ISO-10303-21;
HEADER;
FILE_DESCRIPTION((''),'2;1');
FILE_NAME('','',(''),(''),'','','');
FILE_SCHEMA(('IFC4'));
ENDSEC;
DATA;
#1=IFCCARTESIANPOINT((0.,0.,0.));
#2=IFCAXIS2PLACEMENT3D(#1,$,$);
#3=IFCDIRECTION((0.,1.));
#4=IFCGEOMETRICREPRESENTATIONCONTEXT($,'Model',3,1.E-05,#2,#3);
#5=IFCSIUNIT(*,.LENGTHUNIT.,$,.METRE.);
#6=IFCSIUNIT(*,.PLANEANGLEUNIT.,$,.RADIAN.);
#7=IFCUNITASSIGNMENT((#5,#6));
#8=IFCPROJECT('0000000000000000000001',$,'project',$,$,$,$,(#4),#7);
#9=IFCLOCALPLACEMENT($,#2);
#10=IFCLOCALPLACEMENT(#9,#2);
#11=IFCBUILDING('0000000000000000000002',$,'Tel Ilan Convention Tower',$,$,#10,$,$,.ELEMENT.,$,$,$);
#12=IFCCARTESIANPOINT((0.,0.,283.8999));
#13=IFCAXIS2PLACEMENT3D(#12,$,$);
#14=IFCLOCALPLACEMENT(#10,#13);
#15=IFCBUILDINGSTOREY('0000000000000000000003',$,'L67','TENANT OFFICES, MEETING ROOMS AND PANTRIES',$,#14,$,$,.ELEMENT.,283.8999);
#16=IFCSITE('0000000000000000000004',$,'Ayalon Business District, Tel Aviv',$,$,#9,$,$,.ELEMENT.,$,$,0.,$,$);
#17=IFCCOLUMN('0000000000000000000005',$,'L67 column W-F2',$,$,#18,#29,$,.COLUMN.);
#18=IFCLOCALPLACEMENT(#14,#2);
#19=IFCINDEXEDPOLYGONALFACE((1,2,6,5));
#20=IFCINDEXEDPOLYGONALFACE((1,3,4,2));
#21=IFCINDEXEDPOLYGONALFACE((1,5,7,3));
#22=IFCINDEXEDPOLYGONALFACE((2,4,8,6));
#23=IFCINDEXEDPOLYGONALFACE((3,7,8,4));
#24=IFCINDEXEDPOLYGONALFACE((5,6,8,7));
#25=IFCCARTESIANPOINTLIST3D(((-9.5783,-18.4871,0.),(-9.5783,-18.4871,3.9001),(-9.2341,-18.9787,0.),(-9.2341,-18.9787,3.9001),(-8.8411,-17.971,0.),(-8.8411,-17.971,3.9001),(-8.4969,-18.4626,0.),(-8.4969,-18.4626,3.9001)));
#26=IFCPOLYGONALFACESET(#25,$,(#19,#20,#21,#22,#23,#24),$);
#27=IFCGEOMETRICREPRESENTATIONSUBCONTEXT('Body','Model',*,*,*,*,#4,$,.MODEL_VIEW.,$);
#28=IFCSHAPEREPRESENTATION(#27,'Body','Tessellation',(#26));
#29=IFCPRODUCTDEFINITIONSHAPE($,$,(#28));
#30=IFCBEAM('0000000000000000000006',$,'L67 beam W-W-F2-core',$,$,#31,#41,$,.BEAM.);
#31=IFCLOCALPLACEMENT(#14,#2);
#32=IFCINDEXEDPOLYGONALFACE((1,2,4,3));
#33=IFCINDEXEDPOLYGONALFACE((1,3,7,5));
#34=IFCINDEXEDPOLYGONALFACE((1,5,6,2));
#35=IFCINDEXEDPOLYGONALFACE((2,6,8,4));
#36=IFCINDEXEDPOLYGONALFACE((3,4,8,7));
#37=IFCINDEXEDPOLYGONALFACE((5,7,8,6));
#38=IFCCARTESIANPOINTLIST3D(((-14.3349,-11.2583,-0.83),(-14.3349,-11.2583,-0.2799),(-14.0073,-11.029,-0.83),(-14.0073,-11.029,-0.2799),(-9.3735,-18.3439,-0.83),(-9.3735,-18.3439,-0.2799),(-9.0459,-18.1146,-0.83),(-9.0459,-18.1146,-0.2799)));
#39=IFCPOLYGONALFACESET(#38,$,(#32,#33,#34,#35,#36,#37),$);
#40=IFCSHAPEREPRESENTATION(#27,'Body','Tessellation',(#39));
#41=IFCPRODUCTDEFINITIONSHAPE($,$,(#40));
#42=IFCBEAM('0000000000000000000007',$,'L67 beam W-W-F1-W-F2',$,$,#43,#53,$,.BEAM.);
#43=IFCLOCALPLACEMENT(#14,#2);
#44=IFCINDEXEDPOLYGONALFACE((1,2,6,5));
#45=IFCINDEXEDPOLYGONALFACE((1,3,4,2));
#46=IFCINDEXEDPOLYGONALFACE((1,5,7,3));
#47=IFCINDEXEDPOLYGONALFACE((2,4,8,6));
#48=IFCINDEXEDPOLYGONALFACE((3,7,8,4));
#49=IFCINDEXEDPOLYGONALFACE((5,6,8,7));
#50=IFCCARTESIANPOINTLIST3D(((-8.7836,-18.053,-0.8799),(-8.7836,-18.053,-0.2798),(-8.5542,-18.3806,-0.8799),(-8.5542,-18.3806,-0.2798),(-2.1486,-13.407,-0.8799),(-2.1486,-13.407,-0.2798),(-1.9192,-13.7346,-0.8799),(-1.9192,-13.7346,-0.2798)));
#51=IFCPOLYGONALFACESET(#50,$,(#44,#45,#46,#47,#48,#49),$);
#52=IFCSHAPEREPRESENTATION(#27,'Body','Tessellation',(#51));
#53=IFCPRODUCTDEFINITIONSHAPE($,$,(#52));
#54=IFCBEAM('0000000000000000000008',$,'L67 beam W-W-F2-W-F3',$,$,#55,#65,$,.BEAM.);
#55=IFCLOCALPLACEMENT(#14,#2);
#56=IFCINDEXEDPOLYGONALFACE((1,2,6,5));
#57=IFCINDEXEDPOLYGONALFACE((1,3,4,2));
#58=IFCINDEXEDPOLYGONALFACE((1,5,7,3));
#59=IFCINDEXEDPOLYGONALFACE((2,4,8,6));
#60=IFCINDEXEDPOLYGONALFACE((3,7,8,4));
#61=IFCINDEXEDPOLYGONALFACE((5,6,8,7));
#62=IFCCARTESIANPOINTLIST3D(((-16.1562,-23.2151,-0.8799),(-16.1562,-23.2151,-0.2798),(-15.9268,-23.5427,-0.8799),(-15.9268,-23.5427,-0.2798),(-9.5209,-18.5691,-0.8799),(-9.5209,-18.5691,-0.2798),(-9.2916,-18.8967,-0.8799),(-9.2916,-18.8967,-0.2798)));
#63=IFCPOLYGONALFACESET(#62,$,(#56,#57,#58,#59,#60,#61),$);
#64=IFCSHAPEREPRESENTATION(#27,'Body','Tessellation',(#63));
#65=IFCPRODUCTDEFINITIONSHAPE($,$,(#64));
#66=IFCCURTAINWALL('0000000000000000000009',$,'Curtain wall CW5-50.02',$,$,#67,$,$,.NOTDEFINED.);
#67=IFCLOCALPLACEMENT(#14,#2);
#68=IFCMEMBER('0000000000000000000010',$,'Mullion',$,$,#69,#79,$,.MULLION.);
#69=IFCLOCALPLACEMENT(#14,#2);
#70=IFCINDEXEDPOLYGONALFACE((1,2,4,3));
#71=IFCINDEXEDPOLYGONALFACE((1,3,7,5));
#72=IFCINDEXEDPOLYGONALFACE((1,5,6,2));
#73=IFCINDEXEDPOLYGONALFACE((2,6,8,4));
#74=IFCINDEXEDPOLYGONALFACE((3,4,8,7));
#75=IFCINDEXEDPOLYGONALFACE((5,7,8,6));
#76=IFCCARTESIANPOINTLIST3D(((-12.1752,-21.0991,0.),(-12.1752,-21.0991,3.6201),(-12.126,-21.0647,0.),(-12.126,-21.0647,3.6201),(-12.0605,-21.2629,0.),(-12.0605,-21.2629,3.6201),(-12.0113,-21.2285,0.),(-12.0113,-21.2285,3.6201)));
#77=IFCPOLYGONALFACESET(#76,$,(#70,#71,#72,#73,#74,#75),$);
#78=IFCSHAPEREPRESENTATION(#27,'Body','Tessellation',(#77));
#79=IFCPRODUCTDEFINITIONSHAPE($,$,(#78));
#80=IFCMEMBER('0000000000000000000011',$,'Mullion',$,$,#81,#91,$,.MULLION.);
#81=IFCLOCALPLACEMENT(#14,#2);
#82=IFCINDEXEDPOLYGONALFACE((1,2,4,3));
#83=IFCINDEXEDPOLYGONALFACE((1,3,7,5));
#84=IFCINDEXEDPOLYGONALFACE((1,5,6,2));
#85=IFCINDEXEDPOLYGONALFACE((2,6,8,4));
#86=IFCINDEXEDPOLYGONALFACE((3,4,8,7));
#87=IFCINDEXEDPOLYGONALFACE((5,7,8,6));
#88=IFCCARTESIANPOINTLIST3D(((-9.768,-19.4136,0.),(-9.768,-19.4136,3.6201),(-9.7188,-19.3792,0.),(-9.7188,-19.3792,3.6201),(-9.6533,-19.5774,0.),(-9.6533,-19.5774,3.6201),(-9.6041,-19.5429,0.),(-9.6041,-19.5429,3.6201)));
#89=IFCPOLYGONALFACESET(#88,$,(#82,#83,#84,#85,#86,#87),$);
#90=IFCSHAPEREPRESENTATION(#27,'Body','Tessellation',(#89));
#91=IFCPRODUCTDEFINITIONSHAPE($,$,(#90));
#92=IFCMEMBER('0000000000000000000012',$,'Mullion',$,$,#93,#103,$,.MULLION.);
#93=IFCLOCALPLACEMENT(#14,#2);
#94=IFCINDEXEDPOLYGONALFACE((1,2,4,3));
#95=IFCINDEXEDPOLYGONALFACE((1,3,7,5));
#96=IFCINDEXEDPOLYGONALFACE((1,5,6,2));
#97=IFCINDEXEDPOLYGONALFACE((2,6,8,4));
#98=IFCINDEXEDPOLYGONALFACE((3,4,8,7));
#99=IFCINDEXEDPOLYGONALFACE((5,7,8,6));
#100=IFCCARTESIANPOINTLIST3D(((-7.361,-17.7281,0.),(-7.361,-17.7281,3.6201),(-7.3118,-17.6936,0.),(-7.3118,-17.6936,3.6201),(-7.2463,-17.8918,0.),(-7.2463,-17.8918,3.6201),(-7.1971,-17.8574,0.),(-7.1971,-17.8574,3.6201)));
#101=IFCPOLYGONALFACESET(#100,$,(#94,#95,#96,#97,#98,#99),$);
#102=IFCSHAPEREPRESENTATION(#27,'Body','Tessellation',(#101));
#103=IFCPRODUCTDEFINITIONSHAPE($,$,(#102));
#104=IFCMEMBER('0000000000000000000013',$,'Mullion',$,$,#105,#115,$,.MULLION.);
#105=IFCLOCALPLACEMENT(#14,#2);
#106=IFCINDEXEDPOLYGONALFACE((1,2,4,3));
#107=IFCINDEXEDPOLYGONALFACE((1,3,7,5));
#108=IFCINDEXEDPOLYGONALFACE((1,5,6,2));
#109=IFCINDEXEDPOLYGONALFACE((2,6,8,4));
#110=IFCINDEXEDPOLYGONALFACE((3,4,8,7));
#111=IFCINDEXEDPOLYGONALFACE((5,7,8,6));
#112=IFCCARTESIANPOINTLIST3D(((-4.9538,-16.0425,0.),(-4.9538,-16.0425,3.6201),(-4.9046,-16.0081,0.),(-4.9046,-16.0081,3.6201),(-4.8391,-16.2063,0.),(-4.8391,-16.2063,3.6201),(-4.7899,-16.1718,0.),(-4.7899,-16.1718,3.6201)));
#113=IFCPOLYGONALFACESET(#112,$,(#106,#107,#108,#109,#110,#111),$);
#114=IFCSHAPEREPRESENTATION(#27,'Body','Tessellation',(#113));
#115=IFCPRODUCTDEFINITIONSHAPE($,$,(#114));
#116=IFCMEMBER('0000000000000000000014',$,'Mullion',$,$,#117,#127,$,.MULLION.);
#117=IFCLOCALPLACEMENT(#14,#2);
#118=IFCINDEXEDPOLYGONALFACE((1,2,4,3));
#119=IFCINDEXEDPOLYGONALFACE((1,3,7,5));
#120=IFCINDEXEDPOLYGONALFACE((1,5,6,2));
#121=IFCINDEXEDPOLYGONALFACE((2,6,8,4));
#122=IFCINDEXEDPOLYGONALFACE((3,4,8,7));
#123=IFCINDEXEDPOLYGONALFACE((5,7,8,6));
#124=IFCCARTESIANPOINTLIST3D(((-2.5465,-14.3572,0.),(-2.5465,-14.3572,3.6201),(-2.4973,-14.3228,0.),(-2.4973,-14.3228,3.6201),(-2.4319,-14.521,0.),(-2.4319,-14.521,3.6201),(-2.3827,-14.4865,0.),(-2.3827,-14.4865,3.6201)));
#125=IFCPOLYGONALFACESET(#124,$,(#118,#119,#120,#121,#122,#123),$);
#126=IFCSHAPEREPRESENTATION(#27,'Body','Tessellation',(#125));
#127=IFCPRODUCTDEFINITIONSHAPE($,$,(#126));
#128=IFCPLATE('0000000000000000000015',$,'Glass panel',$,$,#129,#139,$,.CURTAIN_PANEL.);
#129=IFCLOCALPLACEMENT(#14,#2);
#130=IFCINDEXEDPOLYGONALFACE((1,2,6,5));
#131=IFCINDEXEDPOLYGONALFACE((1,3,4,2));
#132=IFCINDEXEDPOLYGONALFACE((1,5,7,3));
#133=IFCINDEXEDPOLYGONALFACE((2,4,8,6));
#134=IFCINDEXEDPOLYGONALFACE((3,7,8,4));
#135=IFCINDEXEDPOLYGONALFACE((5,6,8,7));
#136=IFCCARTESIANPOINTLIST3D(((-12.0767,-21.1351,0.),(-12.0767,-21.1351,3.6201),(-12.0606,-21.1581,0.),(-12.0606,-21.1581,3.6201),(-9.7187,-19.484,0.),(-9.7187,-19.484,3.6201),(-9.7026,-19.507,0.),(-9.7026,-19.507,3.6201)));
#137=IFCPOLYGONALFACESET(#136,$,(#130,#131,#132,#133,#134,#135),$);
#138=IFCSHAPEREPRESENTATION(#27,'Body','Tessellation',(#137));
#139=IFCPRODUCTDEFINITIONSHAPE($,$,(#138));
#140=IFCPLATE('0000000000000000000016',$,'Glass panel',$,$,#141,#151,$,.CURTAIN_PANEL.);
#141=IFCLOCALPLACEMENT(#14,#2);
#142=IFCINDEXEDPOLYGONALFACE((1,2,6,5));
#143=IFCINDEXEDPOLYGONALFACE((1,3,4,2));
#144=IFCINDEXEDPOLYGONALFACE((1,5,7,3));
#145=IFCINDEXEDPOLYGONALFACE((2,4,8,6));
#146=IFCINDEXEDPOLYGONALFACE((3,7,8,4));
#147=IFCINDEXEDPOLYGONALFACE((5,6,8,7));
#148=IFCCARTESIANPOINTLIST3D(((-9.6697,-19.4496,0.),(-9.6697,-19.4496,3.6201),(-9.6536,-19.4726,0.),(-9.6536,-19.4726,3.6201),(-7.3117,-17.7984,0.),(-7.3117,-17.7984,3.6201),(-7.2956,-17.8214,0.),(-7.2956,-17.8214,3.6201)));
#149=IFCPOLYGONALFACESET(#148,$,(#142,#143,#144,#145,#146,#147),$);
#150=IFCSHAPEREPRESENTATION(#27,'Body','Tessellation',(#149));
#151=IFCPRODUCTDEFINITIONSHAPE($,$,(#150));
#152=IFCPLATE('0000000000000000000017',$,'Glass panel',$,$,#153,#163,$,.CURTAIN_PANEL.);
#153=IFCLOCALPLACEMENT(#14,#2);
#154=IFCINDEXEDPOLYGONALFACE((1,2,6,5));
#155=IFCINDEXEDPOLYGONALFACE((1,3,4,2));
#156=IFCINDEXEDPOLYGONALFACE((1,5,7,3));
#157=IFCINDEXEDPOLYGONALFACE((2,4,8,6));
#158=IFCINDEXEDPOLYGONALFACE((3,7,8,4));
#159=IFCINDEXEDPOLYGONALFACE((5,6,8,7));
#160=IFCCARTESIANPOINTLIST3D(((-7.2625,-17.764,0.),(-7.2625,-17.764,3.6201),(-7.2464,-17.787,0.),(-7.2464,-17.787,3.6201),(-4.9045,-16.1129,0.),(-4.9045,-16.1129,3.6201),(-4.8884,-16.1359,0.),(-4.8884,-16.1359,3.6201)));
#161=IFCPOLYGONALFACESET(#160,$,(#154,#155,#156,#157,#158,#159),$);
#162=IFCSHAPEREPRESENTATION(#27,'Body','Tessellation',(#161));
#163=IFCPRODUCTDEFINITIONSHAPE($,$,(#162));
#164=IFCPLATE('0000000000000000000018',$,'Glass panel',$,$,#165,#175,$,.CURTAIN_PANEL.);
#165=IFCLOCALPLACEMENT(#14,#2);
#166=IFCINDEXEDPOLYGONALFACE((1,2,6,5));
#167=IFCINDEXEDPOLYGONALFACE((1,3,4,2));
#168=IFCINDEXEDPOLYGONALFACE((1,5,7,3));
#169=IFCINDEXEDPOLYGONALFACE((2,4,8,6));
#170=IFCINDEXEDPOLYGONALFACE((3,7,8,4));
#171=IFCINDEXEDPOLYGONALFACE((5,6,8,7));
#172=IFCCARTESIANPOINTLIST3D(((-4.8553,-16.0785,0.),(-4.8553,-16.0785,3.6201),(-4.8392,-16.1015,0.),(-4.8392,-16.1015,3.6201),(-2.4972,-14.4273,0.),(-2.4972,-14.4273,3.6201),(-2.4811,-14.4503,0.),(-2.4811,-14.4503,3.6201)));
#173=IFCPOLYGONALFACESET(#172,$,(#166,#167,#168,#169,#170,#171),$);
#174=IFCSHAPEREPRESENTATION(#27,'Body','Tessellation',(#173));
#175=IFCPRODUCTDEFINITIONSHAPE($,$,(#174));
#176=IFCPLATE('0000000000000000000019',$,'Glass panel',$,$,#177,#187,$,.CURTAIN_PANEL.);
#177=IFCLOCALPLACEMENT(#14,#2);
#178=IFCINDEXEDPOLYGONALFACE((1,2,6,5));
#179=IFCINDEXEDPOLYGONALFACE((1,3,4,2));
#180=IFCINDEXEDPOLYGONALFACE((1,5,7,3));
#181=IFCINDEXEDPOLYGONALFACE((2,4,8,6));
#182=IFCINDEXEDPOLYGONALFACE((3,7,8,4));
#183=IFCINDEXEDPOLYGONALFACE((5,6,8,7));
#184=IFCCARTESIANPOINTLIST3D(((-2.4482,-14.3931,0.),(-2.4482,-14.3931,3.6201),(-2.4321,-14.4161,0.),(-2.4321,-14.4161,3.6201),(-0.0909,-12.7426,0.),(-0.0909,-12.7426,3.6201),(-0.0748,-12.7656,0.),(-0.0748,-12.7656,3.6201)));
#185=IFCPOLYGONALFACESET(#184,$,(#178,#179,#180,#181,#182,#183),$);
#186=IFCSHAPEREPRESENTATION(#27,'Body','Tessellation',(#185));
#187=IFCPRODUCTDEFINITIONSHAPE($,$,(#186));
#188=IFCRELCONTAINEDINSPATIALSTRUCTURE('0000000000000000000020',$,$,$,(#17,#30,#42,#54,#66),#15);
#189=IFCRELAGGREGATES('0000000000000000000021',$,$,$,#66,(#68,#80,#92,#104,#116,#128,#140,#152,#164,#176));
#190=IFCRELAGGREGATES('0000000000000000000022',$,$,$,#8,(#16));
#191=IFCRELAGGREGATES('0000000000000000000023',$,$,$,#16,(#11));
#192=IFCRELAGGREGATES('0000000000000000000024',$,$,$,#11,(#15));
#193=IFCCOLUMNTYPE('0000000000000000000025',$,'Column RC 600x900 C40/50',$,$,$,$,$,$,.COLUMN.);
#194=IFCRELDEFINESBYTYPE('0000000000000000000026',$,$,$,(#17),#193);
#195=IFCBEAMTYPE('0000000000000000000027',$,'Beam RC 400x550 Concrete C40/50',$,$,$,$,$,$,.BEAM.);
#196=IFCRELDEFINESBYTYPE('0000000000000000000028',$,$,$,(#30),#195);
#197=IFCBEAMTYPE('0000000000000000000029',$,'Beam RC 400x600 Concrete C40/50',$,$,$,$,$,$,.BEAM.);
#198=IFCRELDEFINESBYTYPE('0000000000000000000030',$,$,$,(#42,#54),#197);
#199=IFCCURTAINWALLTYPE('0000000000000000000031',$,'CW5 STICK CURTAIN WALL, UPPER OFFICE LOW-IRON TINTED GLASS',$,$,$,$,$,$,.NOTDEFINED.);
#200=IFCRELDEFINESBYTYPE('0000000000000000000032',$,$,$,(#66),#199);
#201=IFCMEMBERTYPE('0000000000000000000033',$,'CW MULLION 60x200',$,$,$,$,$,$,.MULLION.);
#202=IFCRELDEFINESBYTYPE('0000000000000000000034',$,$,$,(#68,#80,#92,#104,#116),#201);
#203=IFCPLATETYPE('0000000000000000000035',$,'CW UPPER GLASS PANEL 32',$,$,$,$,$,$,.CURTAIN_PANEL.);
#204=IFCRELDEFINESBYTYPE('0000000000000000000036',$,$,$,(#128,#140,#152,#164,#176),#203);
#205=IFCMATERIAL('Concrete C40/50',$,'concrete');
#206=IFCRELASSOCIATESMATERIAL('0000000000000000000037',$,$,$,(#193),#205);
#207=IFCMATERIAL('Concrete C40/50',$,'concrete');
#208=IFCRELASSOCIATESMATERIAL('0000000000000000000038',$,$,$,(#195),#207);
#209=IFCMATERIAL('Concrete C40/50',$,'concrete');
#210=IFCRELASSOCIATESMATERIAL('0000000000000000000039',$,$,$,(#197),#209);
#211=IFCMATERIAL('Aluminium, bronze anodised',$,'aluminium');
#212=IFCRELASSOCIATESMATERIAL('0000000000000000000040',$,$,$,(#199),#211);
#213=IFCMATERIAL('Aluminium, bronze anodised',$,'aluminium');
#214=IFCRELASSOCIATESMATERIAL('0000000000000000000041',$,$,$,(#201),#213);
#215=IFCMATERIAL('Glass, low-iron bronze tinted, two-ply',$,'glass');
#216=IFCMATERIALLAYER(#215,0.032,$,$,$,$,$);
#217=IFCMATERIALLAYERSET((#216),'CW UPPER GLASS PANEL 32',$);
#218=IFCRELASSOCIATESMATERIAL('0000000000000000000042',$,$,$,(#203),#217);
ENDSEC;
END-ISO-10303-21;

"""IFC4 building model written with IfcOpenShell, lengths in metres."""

from ifc_helpers import new_model, si_unit, direction, frame, origin, origin_2d, place, context, subcontext, project, spatial, rectangle, extrude, material, layer, layer_set, material_profile, profile_set, type_object, element, aggregate, save


model = new_model("IFC4")

# Units and contexts
model_context = context("Model", 3, precision=1e-05, world=origin(), true_north=direction((0.0, 1.0)))
body_context = subcontext(model_context, "Body", "Model", "MODEL_VIEW")
ifc_project = project(units=[si_unit("LENGTHUNIT", "METRE"), si_unit("PLANEANGLEUNIT", "RADIAN")], contexts=[model_context])

# Site, building, storey
site_placement = place(None, origin())
site = spatial("IfcSite", under=ifc_project, at=site_placement, Name="Ayalon Business District, Tel Aviv", CompositionType="ELEMENT", RefElevation=0.0)
building_placement = place(site_placement, origin())
building = spatial("IfcBuilding", under=site, at=building_placement, Name="Tel Ilan Convention Tower", CompositionType="ELEMENT")
storey_placement = place(building_placement, frame((0.0, 0.0, 283.8999)))
storey = spatial("IfcBuildingStorey", under=building, at=storey_placement, Name="L67", Description="TENANT OFFICES, MEETING ROOMS AND PANTRIES", CompositionType="ELEMENT", Elevation=283.8999)

# Column
ifc_material_1 = material(Name="Concrete C40/50", Category="concrete")
ifc_material_profile_1 = material_profile(ifc_material_1, rectangle(XDim=0.8999, YDim=0.6001, at=origin_2d()), Name="RC 600x900")
ifc_profile_set_1 = profile_set([ifc_material_profile_1], Name="Concrete C40/50")
column_type = type_object("IfcColumnType", Name="Column RC 600x900 C40/50", PredefinedType="COLUMN", material=ifc_profile_set_1)
column_placement = place(storey_placement, frame((-9.0376, -18.4749, 0.0), z_axis=(0.0, 0.0, 1.0), x_axis=(-0.819152, -0.573576, 0.0)))
element("IfcColumn", 1, at=column_placement, inside=storey, type_object=column_type, Name="L67 column W-F2", PredefinedType="COLUMN", context=body_context, shape_type="SweptSolid", body=[
    extrude(rectangle(XDim=0.8999, YDim=0.6001, at=origin_2d()), origin(), (0.0, 0.0, 1.0), 3.9001),
])

# Beams
ifc_material_2 = material(Name="Concrete C40/50", Category="concrete")
ifc_material_profile_2 = material_profile(ifc_material_2, rectangle(XDim=0.3999, YDim=0.55, at=origin_2d()), Name="RC 400x550")
ifc_profile_set_2 = profile_set([ifc_material_profile_2], Name="Concrete C40/50")
beam_type_1 = type_object("IfcBeamType", Name="Beam RC 400x550 Concrete C40/50", PredefinedType="BEAM", material=ifc_profile_set_2)
beam_1_placement = place(storey_placement, frame((-9.2097, -18.2292, -0.5549), z_axis=(-0.573574, 0.819154, 0.0), x_axis=(-0.819154, -0.573574, 0.0)))
element("IfcBeam", 2, at=beam_1_placement, inside=storey, type_object=beam_type_1, Name="L67 beam W-W-F2-core", PredefinedType="BEAM", context=body_context, shape_type="SweptSolid", body=[
    extrude(rectangle(XDim=0.3999, YDim=0.55, at=origin_2d()), origin(), (0.0, 0.0, 1.0), 8.6499),
])
ifc_material_3 = material(Name="Concrete C40/50", Category="concrete")
ifc_material_profile_3 = material_profile(ifc_material_3, rectangle(XDim=0.3999, YDim=0.6001, at=origin_2d()), Name="RC 400x600")
ifc_profile_set_3 = profile_set([ifc_material_profile_3], Name="Concrete C40/50")
beam_type_2 = type_object("IfcBeamType", Name="Beam RC 400x600 Concrete C40/50", PredefinedType="BEAM", material=ifc_profile_set_3)
beam_2_placement = place(storey_placement, frame((-2.0339, -13.5708, -0.5798), z_axis=(-0.819146, -0.573586, 0.0), x_axis=(0.573586, -0.819146, 0.0)))
element("IfcBeam", 3, at=beam_2_placement, inside=storey, type_object=beam_type_2, Name="L67 beam W-W-F1-W-F2", PredefinedType="BEAM", context=body_context, shape_type="SweptSolid", body=[
    extrude(rectangle(XDim=0.3999, YDim=0.6001, at=origin_2d()), origin(), (0.0, 0.0, 1.0), 8.0999),
])
beam_3_placement = place(storey_placement, frame((-9.4062, -18.7329, -0.5798), z_axis=(-0.819155, -0.573572, 0.0), x_axis=(0.573572, -0.819155, 0.0)))
element("IfcBeam", 4, at=beam_3_placement, inside=storey, type_object=beam_type_2, Name="L67 beam W-W-F2-W-F3", PredefinedType="BEAM", context=body_context, shape_type="SweptSolid", body=[
    extrude(rectangle(XDim=0.3999, YDim=0.6001, at=origin_2d()), origin(), (0.0, 0.0, 1.0), 8.1001),
])

# Curtain wall, members, plates
ifc_material_4 = material(Name="Aluminium, bronze anodised", Category="aluminium")
curtain_wall_type = type_object("IfcCurtainWallType", Name="CW5 STICK CURTAIN WALL, UPPER OFFICE LOW-IRON TINTED GLASS", PredefinedType="NOTDEFINED", material=ifc_material_4)
curtain_wall_placement = place(storey_placement, origin())
curtain_wall = element("IfcCurtainWall", 5, at=curtain_wall_placement, inside=storey, type_object=curtain_wall_type, Name="Curtain wall CW5-50.02", PredefinedType="NOTDEFINED")
ifc_material_5 = material(Name="Aluminium, bronze anodised", Category="aluminium")
ifc_material_profile_4 = material_profile(ifc_material_5, rectangle(XDim=0.0601, YDim=0.2, at=origin_2d()), Name="CW MULLION 60x200")
ifc_profile_set_4 = profile_set([ifc_material_profile_4], Name="Aluminium, bronze anodised")
member_type = type_object("IfcMemberType", Name="CW MULLION 60x200", PredefinedType="MULLION", material=ifc_profile_set_4)
member_1_placement = place(storey_placement, frame((-12.0933, -21.1638, 0.0), z_axis=(0.0, 0.0, 1.0), x_axis=(0.819152, 0.573576, 0.0)))
member_1 = element("IfcMember", 6, at=member_1_placement, type_object=member_type, Name="Mullion", PredefinedType="MULLION", context=body_context, shape_type="SweptSolid", body=[
    extrude(rectangle(XDim=0.0601, YDim=0.2, at=origin_2d()), origin(), (0.0, 0.0, 1.0), 3.6201),
])
member_2_placement = place(storey_placement, frame((-9.686, -19.4783, 0.0), z_axis=(0.0, 0.0, 1.0), x_axis=(0.819152, 0.573576, 0.0)))
member_2 = element("IfcMember", 7, at=member_2_placement, type_object=member_type, Name="Mullion", PredefinedType="MULLION", context=body_context, shape_type="SweptSolid", body=[
    extrude(rectangle(XDim=0.0601, YDim=0.2, at=origin_2d()), origin(), (0.0, 0.0, 1.0), 3.6201),
])
member_3_placement = place(storey_placement, frame((-7.2791, -17.7927, 0.0), z_axis=(0.0, 0.0, 1.0), x_axis=(0.819152, 0.573576, 0.0)))
member_3 = element("IfcMember", 8, at=member_3_placement, type_object=member_type, Name="Mullion", PredefinedType="MULLION", context=body_context, shape_type="SweptSolid", body=[
    extrude(rectangle(XDim=0.0601, YDim=0.2, at=origin_2d()), origin(), (0.0, 0.0, 1.0), 3.6201),
])
member_4_placement = place(storey_placement, frame((-4.8718, -16.1072, 0.0), z_axis=(0.0, 0.0, 1.0), x_axis=(0.819152, 0.573576, 0.0)))
member_4 = element("IfcMember", 9, at=member_4_placement, type_object=member_type, Name="Mullion", PredefinedType="MULLION", context=body_context, shape_type="SweptSolid", body=[
    extrude(rectangle(XDim=0.0601, YDim=0.2, at=origin_2d()), origin(), (0.0, 0.0, 1.0), 3.6201),
])
member_5_placement = place(storey_placement, frame((-2.4646, -14.4219, 0.0), z_axis=(0.0, 0.0, 1.0), x_axis=(0.819152, 0.573576, 0.0)))
member_5 = element("IfcMember", 10, at=member_5_placement, type_object=member_type, Name="Mullion", PredefinedType="MULLION", context=body_context, shape_type="SweptSolid", body=[
    extrude(rectangle(XDim=0.0601, YDim=0.2, at=origin_2d()), origin(), (0.0, 0.0, 1.0), 3.6201),
])
ifc_material_6 = material(Name="Glass, low-iron bronze tinted, two-ply", Category="glass")
ifc_layer_1 = layer(ifc_material_6, 0.032)
ifc_layer_set_1 = layer_set([ifc_layer_1], Name="CW UPPER GLASS PANEL 32")
plate_type = type_object("IfcPlateType", Name="CW UPPER GLASS PANEL 32", PredefinedType="CURTAIN_PANEL", material=ifc_layer_set_1)
plate_1_placement = place(storey_placement, frame((-10.8896, -20.321, 0.0), z_axis=(0.0, 0.0, 1.0), x_axis=(0.819152, 0.573576, 0.0)))
plate_1 = element("IfcPlate", 11, at=plate_1_placement, type_object=plate_type, Name="Glass panel", PredefinedType="CURTAIN_PANEL", context=body_context, shape_type="SweptSolid", body=[
    extrude(rectangle(XDim=2.8787, YDim=0.0281, at=origin_2d()), origin(), (0.0, 0.0, 1.0), 3.6201),
])
plate_2_placement = place(storey_placement, frame((-8.4827, -18.6355, 0.0), z_axis=(0.0, 0.0, 1.0), x_axis=(0.819152, 0.573576, 0.0)))
plate_2 = element("IfcPlate", 12, at=plate_2_placement, type_object=plate_type, Name="Glass panel", PredefinedType="CURTAIN_PANEL", context=body_context, shape_type="SweptSolid", body=[
    extrude(rectangle(XDim=2.8787, YDim=0.0281, at=origin_2d()), origin(), (0.0, 0.0, 1.0), 3.6201),
])
plate_3_placement = place(storey_placement, frame((-6.0754, -16.95, 0.0), z_axis=(0.0, 0.0, 1.0), x_axis=(0.819152, 0.573576, 0.0)))
plate_3 = element("IfcPlate", 13, at=plate_3_placement, type_object=plate_type, Name="Glass panel", PredefinedType="CURTAIN_PANEL", context=body_context, shape_type="SweptSolid", body=[
    extrude(rectangle(XDim=2.8787, YDim=0.0281, at=origin_2d()), origin(), (0.0, 0.0, 1.0), 3.6201),
])
plate_4_placement = place(storey_placement, frame((-3.6682, -15.2644, 0.0), z_axis=(0.0, 0.0, 1.0), x_axis=(0.819152, 0.573576, 0.0)))
plate_4 = element("IfcPlate", 14, at=plate_4_placement, type_object=plate_type, Name="Glass panel", PredefinedType="CURTAIN_PANEL", context=body_context, shape_type="SweptSolid", body=[
    extrude(rectangle(XDim=2.8787, YDim=0.0281, at=origin_2d()), origin(), (0.0, 0.0, 1.0), 3.6201),
])
plate_5_placement = place(storey_placement, frame((-1.2615, -13.5793, 0.0), z_axis=(0.0, 0.0, 1.0), x_axis=(0.819152, 0.573576, 0.0)))
plate_5 = element("IfcPlate", 15, at=plate_5_placement, type_object=plate_type, Name="Glass panel", PredefinedType="CURTAIN_PANEL", context=body_context, shape_type="SweptSolid", body=[
    extrude(rectangle(XDim=2.8777, YDim=0.0281, at=origin_2d()), origin(), (0.0, 0.0, 1.0), 3.6201),
])
aggregate(curtain_wall, [member_1, member_2, member_3, member_4, member_5, plate_1, plate_2, plate_3, plate_4, plate_5])

save(model, "model.ifc")
